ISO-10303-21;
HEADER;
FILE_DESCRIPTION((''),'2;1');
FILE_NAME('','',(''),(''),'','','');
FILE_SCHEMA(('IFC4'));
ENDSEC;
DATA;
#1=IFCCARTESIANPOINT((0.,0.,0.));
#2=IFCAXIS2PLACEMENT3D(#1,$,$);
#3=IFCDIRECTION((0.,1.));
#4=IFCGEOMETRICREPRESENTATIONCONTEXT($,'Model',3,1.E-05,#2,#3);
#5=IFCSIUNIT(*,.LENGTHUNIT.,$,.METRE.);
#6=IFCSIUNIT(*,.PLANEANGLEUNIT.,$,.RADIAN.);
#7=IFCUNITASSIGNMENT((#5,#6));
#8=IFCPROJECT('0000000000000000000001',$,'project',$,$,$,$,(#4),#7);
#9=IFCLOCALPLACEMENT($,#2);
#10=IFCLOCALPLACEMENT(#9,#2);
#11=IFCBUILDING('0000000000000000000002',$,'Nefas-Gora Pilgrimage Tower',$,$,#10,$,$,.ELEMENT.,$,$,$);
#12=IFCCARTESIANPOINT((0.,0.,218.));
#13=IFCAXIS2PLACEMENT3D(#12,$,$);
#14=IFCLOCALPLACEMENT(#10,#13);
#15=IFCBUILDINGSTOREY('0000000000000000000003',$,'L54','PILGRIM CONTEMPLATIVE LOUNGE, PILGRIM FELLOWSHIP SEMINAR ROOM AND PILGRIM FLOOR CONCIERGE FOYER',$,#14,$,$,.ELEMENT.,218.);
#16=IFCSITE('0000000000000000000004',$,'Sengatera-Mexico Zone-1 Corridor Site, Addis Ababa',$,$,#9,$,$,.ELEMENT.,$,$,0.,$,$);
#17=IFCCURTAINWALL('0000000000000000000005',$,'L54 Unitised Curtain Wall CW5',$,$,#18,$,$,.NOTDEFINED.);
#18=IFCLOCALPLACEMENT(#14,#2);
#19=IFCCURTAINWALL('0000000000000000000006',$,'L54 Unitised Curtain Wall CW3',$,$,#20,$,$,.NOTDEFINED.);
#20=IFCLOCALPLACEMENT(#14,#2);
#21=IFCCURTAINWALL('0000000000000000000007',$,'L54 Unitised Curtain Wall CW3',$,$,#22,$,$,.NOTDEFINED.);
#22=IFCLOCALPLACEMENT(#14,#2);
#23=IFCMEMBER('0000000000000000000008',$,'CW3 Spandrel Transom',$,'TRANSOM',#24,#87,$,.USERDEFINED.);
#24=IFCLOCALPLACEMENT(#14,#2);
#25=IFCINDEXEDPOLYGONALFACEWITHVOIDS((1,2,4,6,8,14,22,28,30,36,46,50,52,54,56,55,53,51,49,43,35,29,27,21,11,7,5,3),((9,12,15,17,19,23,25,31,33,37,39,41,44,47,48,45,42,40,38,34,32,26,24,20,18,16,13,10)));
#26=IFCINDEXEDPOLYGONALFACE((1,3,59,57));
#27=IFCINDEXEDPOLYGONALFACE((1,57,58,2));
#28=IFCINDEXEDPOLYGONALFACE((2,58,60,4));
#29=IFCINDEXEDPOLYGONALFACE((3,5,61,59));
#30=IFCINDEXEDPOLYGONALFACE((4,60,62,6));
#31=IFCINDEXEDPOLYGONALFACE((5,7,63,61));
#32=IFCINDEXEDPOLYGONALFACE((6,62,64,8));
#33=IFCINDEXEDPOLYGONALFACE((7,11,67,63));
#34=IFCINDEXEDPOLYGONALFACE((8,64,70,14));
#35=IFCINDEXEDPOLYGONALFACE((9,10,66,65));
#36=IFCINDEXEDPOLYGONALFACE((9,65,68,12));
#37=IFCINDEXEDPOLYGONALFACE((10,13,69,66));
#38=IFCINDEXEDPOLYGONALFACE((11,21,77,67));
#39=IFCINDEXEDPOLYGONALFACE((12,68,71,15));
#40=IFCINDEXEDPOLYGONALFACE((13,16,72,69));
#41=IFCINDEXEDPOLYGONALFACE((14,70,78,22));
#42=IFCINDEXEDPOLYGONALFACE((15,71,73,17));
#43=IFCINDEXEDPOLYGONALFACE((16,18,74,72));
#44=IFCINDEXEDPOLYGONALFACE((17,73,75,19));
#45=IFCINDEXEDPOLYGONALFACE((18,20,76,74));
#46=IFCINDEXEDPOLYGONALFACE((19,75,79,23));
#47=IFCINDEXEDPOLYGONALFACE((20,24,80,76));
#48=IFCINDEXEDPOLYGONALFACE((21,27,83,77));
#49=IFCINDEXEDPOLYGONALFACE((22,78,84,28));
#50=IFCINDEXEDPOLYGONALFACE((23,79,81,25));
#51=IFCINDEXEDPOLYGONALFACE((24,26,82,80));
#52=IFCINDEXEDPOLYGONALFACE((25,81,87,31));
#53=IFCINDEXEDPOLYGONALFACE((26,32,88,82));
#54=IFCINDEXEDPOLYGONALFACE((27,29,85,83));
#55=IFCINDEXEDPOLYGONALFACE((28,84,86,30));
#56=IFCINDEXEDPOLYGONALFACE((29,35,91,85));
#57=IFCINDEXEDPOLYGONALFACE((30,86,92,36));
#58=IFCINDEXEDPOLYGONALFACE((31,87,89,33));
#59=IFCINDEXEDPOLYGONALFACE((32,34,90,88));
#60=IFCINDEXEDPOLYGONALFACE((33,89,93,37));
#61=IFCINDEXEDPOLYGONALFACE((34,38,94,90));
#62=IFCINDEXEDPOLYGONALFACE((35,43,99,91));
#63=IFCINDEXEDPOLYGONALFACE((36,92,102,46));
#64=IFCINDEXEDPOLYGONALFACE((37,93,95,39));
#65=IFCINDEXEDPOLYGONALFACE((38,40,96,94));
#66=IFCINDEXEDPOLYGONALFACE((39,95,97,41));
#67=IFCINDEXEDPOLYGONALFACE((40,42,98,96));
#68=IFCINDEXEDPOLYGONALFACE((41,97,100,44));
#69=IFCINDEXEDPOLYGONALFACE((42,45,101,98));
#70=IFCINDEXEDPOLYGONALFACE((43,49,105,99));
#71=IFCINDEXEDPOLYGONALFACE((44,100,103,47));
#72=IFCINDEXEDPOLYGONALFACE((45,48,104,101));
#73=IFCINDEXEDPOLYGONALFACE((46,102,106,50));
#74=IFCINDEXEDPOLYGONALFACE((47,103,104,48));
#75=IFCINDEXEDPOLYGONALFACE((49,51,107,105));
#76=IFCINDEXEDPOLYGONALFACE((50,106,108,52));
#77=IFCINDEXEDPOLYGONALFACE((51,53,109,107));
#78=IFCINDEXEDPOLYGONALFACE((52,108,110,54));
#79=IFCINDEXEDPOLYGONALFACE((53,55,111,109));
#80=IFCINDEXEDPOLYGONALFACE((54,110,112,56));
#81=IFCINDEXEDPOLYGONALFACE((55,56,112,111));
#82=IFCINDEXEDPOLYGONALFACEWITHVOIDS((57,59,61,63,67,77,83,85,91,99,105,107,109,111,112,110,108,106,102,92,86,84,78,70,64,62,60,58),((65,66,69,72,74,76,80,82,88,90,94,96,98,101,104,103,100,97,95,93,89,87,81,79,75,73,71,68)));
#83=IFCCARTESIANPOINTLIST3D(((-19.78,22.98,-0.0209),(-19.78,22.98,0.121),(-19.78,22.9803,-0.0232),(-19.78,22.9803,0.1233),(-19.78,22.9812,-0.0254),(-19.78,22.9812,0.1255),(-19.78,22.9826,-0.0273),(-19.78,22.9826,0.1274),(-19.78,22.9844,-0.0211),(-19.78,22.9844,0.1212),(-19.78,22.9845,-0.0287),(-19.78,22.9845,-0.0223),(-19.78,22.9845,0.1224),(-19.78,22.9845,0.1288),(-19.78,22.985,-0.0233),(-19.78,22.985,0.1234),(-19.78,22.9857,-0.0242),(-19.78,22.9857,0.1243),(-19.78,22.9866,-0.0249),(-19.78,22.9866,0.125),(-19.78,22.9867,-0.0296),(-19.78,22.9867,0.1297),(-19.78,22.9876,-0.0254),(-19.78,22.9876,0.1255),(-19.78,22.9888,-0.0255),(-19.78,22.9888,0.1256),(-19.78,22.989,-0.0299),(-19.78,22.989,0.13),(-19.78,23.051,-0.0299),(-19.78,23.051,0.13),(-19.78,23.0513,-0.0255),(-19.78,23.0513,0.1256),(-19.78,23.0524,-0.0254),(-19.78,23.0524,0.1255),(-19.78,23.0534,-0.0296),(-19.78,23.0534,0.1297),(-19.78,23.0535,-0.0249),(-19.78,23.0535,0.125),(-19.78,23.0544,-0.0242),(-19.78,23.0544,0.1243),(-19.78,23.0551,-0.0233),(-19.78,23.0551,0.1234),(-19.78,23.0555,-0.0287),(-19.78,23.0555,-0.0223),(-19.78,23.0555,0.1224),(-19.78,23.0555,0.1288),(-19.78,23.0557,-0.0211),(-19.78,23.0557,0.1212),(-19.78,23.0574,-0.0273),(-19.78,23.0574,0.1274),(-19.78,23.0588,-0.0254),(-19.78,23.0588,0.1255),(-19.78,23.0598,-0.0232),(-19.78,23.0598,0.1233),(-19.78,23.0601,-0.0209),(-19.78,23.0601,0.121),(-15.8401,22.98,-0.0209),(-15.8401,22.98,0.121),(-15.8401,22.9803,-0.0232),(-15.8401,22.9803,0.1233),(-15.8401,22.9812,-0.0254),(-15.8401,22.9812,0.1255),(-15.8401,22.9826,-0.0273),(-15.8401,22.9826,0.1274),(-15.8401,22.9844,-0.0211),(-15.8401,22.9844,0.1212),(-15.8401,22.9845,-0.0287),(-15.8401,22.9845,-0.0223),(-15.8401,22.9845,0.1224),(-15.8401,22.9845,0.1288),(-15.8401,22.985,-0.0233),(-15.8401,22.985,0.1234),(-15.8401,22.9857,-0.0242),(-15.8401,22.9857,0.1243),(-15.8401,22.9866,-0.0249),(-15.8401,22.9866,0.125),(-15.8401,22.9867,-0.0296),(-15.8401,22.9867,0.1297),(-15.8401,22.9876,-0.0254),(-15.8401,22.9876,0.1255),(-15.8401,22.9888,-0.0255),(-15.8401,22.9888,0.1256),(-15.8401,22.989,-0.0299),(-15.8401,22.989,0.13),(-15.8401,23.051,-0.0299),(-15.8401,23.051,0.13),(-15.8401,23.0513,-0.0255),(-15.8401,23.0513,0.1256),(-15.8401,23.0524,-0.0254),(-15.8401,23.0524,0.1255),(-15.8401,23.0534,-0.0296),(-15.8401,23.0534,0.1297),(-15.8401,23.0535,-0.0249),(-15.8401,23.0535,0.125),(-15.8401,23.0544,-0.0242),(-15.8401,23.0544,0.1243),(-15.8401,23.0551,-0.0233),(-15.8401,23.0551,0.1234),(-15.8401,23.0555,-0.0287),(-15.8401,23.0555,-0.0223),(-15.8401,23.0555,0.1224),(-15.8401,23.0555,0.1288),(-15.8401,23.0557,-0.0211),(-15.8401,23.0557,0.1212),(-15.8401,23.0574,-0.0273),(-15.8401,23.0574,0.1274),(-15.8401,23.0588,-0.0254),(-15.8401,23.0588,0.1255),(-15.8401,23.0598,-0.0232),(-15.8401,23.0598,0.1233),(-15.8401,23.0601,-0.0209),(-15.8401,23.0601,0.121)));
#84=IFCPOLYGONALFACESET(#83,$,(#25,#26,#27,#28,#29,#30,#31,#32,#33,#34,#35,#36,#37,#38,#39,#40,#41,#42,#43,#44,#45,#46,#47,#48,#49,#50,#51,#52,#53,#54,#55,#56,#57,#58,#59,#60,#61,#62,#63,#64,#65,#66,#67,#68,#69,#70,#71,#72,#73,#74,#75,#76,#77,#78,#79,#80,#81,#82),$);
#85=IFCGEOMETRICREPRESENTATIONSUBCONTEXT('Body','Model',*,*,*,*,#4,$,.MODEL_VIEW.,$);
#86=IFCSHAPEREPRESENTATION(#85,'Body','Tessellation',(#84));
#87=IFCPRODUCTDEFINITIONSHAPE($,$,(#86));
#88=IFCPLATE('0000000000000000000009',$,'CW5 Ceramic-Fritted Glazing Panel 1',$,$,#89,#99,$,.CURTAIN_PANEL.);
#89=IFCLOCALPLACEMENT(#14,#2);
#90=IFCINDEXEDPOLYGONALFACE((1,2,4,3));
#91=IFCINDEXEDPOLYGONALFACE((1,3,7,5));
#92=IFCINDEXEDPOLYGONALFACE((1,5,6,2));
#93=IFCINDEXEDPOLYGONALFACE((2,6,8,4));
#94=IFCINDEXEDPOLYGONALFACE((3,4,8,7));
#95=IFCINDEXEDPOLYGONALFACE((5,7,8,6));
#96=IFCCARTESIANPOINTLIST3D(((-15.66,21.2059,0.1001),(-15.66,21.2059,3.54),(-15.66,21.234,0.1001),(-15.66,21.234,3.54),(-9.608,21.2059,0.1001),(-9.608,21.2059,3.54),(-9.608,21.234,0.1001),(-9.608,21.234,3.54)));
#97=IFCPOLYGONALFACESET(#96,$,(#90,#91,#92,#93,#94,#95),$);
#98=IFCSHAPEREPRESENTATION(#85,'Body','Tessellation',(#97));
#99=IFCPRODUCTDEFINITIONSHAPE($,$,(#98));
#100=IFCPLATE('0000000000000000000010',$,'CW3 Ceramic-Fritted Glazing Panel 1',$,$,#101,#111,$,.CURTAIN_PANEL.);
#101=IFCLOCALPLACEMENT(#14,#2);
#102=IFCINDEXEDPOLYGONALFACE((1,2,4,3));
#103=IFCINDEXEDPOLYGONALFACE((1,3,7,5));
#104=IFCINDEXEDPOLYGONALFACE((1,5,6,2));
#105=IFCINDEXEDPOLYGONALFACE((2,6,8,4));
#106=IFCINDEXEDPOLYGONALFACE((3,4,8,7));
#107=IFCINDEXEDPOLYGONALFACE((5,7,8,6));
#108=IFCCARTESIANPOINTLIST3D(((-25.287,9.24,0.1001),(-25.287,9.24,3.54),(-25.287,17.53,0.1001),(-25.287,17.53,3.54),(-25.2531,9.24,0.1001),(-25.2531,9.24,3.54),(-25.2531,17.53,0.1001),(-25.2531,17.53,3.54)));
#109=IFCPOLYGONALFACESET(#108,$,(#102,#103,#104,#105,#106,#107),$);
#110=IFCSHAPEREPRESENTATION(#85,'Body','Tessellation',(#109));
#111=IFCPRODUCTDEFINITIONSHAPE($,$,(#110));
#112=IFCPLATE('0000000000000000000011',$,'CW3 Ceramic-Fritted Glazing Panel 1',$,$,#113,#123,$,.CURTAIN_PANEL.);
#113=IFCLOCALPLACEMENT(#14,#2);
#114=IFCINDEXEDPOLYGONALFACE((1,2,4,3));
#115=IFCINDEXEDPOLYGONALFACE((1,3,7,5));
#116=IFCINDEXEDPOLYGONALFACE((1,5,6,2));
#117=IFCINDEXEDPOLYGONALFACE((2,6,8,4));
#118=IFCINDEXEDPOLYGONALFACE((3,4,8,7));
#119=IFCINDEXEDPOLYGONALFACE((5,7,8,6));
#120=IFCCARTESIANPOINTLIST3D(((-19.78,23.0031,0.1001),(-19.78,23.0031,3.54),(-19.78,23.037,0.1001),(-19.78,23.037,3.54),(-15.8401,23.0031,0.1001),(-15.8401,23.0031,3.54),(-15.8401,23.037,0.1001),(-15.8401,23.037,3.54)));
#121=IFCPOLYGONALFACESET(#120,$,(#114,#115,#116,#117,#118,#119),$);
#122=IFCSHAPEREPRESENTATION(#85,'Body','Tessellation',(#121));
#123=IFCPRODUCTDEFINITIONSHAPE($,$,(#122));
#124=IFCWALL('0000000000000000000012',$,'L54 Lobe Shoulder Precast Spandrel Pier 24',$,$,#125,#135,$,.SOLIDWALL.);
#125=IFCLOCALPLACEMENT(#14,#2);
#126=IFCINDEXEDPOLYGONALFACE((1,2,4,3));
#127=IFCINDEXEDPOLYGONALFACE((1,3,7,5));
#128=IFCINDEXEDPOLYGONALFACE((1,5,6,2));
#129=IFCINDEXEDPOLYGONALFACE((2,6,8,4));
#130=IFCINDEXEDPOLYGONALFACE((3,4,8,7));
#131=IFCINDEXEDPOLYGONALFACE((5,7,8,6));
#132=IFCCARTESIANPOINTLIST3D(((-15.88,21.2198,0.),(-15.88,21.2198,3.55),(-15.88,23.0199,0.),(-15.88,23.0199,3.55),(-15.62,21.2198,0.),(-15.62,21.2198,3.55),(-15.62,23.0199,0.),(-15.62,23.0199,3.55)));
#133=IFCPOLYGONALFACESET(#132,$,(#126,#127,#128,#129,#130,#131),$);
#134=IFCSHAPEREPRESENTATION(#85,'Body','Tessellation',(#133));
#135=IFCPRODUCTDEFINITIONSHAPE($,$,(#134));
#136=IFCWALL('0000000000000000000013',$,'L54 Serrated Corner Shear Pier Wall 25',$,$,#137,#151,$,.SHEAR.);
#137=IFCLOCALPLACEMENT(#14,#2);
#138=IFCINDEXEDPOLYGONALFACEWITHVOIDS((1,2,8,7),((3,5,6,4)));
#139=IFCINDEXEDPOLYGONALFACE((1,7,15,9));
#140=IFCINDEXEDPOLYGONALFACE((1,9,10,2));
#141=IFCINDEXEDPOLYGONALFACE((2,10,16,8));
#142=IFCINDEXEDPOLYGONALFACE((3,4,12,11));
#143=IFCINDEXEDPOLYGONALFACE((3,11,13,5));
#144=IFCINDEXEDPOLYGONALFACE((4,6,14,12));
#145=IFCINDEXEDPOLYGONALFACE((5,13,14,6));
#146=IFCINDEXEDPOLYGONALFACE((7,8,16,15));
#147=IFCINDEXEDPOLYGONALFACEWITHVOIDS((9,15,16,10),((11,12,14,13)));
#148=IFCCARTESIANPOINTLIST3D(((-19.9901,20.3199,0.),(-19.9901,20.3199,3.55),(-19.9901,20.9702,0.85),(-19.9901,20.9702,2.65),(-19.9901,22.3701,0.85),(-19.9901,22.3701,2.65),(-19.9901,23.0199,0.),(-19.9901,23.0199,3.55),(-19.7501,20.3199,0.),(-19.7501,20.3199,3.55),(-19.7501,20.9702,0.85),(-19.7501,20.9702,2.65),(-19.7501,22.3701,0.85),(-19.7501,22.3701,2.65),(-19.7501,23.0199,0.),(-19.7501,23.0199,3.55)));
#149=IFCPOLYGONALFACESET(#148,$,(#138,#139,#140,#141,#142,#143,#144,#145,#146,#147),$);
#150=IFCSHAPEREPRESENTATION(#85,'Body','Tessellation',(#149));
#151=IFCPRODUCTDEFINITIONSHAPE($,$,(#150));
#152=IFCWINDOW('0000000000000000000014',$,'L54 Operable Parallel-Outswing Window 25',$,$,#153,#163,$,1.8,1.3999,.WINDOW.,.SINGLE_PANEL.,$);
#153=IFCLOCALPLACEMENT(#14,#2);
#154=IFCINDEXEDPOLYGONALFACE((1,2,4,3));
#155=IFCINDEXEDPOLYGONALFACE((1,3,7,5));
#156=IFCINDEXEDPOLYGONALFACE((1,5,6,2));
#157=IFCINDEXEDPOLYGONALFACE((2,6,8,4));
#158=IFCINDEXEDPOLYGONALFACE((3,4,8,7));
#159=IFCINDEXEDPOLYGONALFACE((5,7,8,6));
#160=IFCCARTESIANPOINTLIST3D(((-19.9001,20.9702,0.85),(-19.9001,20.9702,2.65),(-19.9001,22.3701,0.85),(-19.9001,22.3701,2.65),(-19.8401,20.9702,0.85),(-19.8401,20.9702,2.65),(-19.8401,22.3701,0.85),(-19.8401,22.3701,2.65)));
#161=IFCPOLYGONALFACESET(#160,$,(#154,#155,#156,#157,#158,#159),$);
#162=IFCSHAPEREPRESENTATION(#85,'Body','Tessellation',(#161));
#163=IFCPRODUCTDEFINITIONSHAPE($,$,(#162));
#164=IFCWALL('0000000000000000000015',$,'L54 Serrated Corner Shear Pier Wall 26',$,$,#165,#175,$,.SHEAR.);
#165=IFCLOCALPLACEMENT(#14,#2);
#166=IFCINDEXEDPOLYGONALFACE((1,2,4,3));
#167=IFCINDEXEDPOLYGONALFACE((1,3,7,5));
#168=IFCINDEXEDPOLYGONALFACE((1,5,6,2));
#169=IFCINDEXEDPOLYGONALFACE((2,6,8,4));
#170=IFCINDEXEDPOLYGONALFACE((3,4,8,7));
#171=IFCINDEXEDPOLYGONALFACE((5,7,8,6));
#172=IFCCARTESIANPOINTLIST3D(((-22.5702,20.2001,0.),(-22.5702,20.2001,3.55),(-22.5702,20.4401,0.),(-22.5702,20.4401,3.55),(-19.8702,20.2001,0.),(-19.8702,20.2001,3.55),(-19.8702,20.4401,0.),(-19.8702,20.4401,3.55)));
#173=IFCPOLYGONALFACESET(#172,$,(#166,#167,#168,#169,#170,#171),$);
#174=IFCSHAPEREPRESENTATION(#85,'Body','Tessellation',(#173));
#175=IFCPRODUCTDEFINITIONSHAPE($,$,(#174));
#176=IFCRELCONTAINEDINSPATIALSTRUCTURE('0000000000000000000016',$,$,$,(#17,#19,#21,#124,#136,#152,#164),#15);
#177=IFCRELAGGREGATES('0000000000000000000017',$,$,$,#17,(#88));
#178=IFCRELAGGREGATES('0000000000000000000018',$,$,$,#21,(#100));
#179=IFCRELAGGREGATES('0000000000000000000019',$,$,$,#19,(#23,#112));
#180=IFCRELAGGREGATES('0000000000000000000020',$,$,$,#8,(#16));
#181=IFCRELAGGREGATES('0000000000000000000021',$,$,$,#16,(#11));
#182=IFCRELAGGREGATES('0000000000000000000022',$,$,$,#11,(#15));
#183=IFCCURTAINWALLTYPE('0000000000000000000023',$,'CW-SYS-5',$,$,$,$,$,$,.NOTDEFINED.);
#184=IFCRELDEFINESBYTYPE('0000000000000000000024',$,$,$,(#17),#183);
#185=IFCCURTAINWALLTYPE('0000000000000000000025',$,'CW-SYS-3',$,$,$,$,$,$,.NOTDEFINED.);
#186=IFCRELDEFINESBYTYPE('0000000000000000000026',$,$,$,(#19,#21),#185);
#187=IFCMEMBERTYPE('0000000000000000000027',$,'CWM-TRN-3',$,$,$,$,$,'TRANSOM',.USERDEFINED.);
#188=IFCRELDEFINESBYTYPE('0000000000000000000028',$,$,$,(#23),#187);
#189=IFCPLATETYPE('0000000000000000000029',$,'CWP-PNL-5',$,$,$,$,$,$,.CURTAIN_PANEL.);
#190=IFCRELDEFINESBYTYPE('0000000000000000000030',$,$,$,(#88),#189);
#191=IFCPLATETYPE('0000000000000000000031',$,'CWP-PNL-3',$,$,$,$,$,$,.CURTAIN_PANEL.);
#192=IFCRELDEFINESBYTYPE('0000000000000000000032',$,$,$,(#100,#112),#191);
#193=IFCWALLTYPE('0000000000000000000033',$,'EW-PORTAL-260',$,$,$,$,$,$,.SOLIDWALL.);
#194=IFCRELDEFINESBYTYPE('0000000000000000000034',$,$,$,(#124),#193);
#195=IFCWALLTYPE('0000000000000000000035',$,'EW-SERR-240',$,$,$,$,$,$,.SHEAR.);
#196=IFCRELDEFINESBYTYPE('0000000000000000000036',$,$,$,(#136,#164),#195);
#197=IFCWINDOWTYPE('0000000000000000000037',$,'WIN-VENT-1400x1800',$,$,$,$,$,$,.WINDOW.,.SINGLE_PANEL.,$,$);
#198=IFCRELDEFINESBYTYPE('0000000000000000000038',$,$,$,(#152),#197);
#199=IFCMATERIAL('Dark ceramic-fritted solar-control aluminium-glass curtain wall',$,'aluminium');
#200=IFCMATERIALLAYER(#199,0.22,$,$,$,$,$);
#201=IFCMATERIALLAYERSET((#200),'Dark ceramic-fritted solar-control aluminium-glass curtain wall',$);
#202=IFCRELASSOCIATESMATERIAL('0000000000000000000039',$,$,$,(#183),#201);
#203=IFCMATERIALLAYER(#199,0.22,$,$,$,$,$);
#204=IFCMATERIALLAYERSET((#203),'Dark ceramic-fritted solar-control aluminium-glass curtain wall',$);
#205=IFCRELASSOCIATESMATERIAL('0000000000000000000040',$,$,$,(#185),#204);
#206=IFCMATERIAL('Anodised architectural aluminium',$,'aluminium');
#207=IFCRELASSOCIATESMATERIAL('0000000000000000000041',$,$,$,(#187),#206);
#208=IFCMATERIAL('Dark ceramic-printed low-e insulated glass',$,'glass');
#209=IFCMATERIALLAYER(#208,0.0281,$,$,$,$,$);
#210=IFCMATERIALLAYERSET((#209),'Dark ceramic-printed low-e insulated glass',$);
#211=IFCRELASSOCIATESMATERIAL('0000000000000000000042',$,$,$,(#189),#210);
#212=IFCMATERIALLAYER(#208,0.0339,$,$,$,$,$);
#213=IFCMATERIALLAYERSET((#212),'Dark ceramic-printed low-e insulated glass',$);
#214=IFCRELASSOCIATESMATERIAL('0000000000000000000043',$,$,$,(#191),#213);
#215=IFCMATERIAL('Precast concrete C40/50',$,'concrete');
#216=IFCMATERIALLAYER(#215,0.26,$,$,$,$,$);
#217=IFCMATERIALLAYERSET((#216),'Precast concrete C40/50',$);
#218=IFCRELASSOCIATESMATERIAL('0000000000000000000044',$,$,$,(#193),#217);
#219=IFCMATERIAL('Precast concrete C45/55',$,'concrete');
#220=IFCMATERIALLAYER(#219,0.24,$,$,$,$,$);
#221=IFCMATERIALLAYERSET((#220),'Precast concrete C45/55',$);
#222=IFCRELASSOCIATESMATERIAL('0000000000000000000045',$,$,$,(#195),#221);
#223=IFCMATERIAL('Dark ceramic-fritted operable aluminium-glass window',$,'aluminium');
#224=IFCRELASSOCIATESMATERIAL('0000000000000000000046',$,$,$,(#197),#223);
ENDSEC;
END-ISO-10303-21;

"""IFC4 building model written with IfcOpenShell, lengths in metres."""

from ifc_helpers import new_model, si_unit, direction, frame, frame_2d, origin, origin_2d, place, context, subcontext, project, spatial, rectangle, hollow_rectangle, extrude, source, transform, mapped, material, layer, layer_set, material_profile, profile_set, type_object, element, fill, aggregate, save


model = new_model("IFC4")

# Units and contexts
model_context = context("Model", 3, precision=1e-05, world=origin(), true_north=direction((0.0, 1.0)))
body_context = subcontext(model_context, "Body", "Model", "MODEL_VIEW")
ifc_project = project(units=[si_unit("LENGTHUNIT", "METRE"), si_unit("PLANEANGLEUNIT", "RADIAN")], contexts=[model_context])

# Site, building, storey
site_placement = place(None, origin())
site = spatial("IfcSite", under=ifc_project, at=site_placement, Name="Sengatera-Mexico Zone-1 Corridor Site, Addis Ababa", CompositionType="ELEMENT", RefElevation=0.0)
building_placement = place(site_placement, origin())
building = spatial("IfcBuilding", under=site, at=building_placement, Name="Nefas-Gora Pilgrimage Tower", CompositionType="ELEMENT")
storey_placement = place(building_placement, frame((0.0, 0.0, 218.0)))
storey = spatial("IfcBuildingStorey", under=building, at=storey_placement, Name="L54", Description="PILGRIM CONTEMPLATIVE LOUNGE, PILGRIM FELLOWSHIP SEMINAR ROOM AND PILGRIM FLOOR CONCIERGE FOYER", CompositionType="ELEMENT", Elevation=218.0)

# Curtain wall
ifc_material_1 = material(Name="Dark ceramic-fritted solar-control aluminium-glass curtain wall", Category="aluminium")
ifc_layer_1 = layer(ifc_material_1, 0.22)
ifc_layer_set_1 = layer_set([ifc_layer_1], Name="Dark ceramic-fritted solar-control aluminium-glass curtain wall")
curtain_wall_type_1 = type_object("IfcCurtainWallType", Name="CW-SYS-5", PredefinedType="NOTDEFINED", material=ifc_layer_set_1)
curtain_wall_1_placement = place(storey_placement, origin())
curtain_wall_1 = element("IfcCurtainWall", 1, at=curtain_wall_1_placement, inside=storey, type_object=curtain_wall_type_1, Name="L54 Unitised Curtain Wall CW5", PredefinedType="NOTDEFINED")
ifc_material_2 = material(Name="Anodised architectural aluminium", Category="aluminium")

# Curtain walls
ifc_layer_2 = layer(ifc_material_1, 0.22)
ifc_layer_set_2 = layer_set([ifc_layer_2], Name="Dark ceramic-fritted solar-control aluminium-glass curtain wall")
curtain_wall_type_2 = type_object("IfcCurtainWallType", Name="CW-SYS-3", PredefinedType="NOTDEFINED", material=ifc_layer_set_2)
curtain_wall_2_placement = place(storey_placement, origin())
curtain_wall_2 = element("IfcCurtainWall", 2, at=curtain_wall_2_placement, inside=storey, type_object=curtain_wall_type_2, Name="L54 Unitised Curtain Wall CW3", PredefinedType="NOTDEFINED")
curtain_wall_3_placement = place(storey_placement, origin())
curtain_wall_3 = element("IfcCurtainWall", 3, at=curtain_wall_3_placement, inside=storey, type_object=curtain_wall_type_2, Name="L54 Unitised Curtain Wall CW3", PredefinedType="NOTDEFINED")
ifc_material_profile_1 = material_profile(ifc_material_2, hollow_rectangle(XDim=0.0801, YDim=0.1599, WallThickness=0.0044, InnerFilletRadius=0.0044, OuterFilletRadius=0.009, at=origin_2d()), Name="ALU TRANSOM 80x160")
ifc_profile_set_1 = profile_set([ifc_material_profile_1], Name="Anodised architectural aluminium")
member_type_1 = type_object("IfcMemberType", Name="CWM-TRN-3", ElementType="TRANSOM", PredefinedType="USERDEFINED", material=ifc_profile_set_1)

# Member
shared_shape_1 = source(origin(), body_context, "Body", "SweptSolid", [
    extrude(hollow_rectangle(XDim=0.0801, YDim=0.1599, WallThickness=0.0044, InnerFilletRadius=0.0044, OuterFilletRadius=0.009, at=origin_2d()), origin(), (0.0, 0.0, 1.0), 3.9399),
])
member_1_placement = place(storey_placement, frame((-15.8401, 23.02, 0.05), z_axis=(-1.0, 0.0, 0.0), x_axis=(0.0, -1.0, 0.0)))
member_1 = element("IfcMember", 4, at=member_1_placement, type_object=member_type_1, Name="CW3 Spandrel Transom", ObjectType="TRANSOM", PredefinedType="USERDEFINED", context=body_context, shape_type="MappedRepresentation", body=[
    mapped(shared_shape_1, transform((0.0, 0.0, 0.0), x_axis=(1.0, 0.0, 0.0), y_axis=(0.0, 1.0, 0.0), z_axis=(0.0, 0.0, 1.0), scale=1.0)),
])

# Plates
ifc_material_3 = material(Name="Dark ceramic-printed low-e insulated glass", Category="glass")
ifc_layer_3 = layer(ifc_material_3, 0.0281)
ifc_layer_set_3 = layer_set([ifc_layer_3], Name="Dark ceramic-printed low-e insulated glass")
plate_type_1 = type_object("IfcPlateType", Name="CWP-PNL-5", PredefinedType="CURTAIN_PANEL", material=ifc_layer_set_3)
shared_shape_2 = source(origin(), body_context, "Body", "SweptSolid", [
    extrude(rectangle(XDim=6.052, YDim=0.0281, at=origin_2d()), origin(), (0.0, 0.0, 1.0), 3.4399),
])
plate_1_placement = place(storey_placement, frame((-12.634, 21.22, 0.1001), z_axis=(0.0, 0.0, 1.0), x_axis=(-1.0, 0.0, 0.0)))
plate_1 = element("IfcPlate", 5, at=plate_1_placement, type_object=plate_type_1, Name="CW5 Ceramic-Fritted Glazing Panel 1", PredefinedType="CURTAIN_PANEL", context=body_context, shape_type="MappedRepresentation", body=[
    mapped(shared_shape_2, transform((0.0, 0.0, 0.0), x_axis=(1.0, 0.0, 0.0), y_axis=(0.0, 1.0, 0.0), z_axis=(0.0, 0.0, 1.0), scale=1.0)),
])
aggregate(curtain_wall_1, [plate_1])
ifc_layer_4 = layer(ifc_material_3, 0.0339)
ifc_layer_set_4 = layer_set([ifc_layer_4], Name="Dark ceramic-printed low-e insulated glass")
plate_type_2 = type_object("IfcPlateType", Name="CWP-PNL-3", PredefinedType="CURTAIN_PANEL", material=ifc_layer_set_4)
shared_shape_3 = source(origin(), body_context, "Body", "SweptSolid", [
    extrude(rectangle(XDim=8.29, YDim=0.0339, at=origin_2d()), origin(), (0.0, 0.0, 1.0), 3.4399),
])
plate_2_placement = place(storey_placement, frame((-25.27, 13.385, 0.1001), z_axis=(0.0, 0.0, 1.0), x_axis=(0.0, -1.0, 0.0)))
plate_2 = element("IfcPlate", 6, at=plate_2_placement, type_object=plate_type_2, Name="CW3 Ceramic-Fritted Glazing Panel 1", PredefinedType="CURTAIN_PANEL", context=body_context, shape_type="MappedRepresentation", body=[
    mapped(shared_shape_3, transform((0.0, 0.0, 0.0), x_axis=(1.0, 0.0, 0.0), y_axis=(0.0, 1.0, 0.0), z_axis=(0.0, 0.0, 1.0), scale=1.0)),
])
aggregate(curtain_wall_3, [plate_2])
shared_shape_4 = source(origin(), body_context, "Body", "SweptSolid", [
    extrude(rectangle(XDim=3.9399, YDim=0.0339, at=origin_2d()), origin(), (0.0, 0.0, 1.0), 3.4399),
])
plate_3_placement = place(storey_placement, frame((-17.8101, 23.02, 0.1001), z_axis=(0.0, 0.0, 1.0), x_axis=(-1.0, 0.0, 0.0)))
plate_3 = element("IfcPlate", 7, at=plate_3_placement, type_object=plate_type_2, Name="CW3 Ceramic-Fritted Glazing Panel 1", PredefinedType="CURTAIN_PANEL", context=body_context, shape_type="MappedRepresentation", body=[
    mapped(shared_shape_4, transform((0.0, 0.0, 0.0), x_axis=(1.0, 0.0, 0.0), y_axis=(0.0, 1.0, 0.0), z_axis=(0.0, 0.0, 1.0), scale=1.0)),
])
aggregate(curtain_wall_2, [member_1, plate_3])

# Wall
ifc_material_4 = material(Name="Precast concrete C40/50", Category="concrete")
ifc_layer_5 = layer(ifc_material_4, 0.26)
ifc_layer_set_5 = layer_set([ifc_layer_5], Name="Precast concrete C40/50")
wall_type_1 = type_object("IfcWallType", Name="EW-PORTAL-260", PredefinedType="SOLIDWALL", material=ifc_layer_set_5)
shared_shape_5 = source(origin(), body_context, "Body", "SweptSolid", [
    extrude(rectangle(XDim=1.8, YDim=0.26, at=frame_2d((0.8999, 0.0))), origin(), (0.0, 0.0, 1.0), 3.55),
])
wall_1_placement = place(storey_placement, frame((-15.75, 21.22, 0.0), z_axis=(0.0, 0.0, 1.0), x_axis=(0.0, 1.0, 0.0)))
element("IfcWall", 8, at=wall_1_placement, inside=storey, type_object=wall_type_1, Name="L54 Lobe Shoulder Precast Spandrel Pier 24", PredefinedType="SOLIDWALL", context=body_context, shape_type="MappedRepresentation", body=[
    mapped(shared_shape_5, transform((0.0, 0.0, 0.0), x_axis=(1.0, 0.0, 0.0), y_axis=(0.0, 1.0, 0.0), z_axis=(0.0, 0.0, 1.0), scale=1.0)),
])

# Wall, opening, window
ifc_material_5 = material(Name="Precast concrete C45/55", Category="concrete")
ifc_layer_6 = layer(ifc_material_5, 0.24)
ifc_layer_set_6 = layer_set([ifc_layer_6], Name="Precast concrete C45/55")
wall_type_2 = type_object("IfcWallType", Name="EW-SERR-240", PredefinedType="SHEAR", material=ifc_layer_set_6)
shared_shape_6 = source(origin(), body_context, "Body", "SweptSolid", [
    extrude(rectangle(XDim=2.7, YDim=0.24, at=frame_2d((1.3501, 0.0))), origin(), (0.0, 0.0, 1.0), 3.55),
])
wall_2_placement = place(storey_placement, frame((-19.8701, 23.02, 0.0), z_axis=(0.0, 0.0, 1.0), x_axis=(0.0, -1.0, 0.0)))
wall_2 = element("IfcWall", 9, at=wall_2_placement, inside=storey, type_object=wall_type_2, Name="L54 Serrated Corner Shear Pier Wall 25", PredefinedType="SHEAR", context=body_context, shape_type="MappedRepresentation", body=[
    mapped(shared_shape_6, transform((0.0, 0.0, 0.0), x_axis=(1.0, 0.0, 0.0), y_axis=(0.0, 1.0, 0.0), z_axis=(0.0, 0.0, 1.0), scale=1.0)),
])
opening_1_placement = place(wall_2_placement, frame((0.6499, 0.0, 0.8501)))
opening_1 = element("IfcOpeningElement", 10, at=opening_1_placement, cuts=wall_2, PredefinedType="OPENING", context=body_context, shape_type="SweptSolid", body=[
    extrude(rectangle(XDim=1.3999, YDim=1.8, at=frame_2d((0.7, 0.8999))), frame((0.0, 0.1299, 0.0), z_axis=(0.0, -1.0, 0.0), x_axis=(1.0, 0.0, 0.0)), (0.0, 0.0, 1.0), 0.26),
])
ifc_material_6 = material(Name="Dark ceramic-fritted operable aluminium-glass window", Category="aluminium")
window_type = type_object("IfcWindowType", Name="WIN-VENT-1400x1800", PartitioningType="SINGLE_PANEL", PredefinedType="WINDOW", material=ifc_material_6)
shared_shape_7 = source(origin(), body_context, "Body", "SweptSolid", [
    extrude(rectangle(XDim=1.3999, YDim=1.8, at=frame_2d((0.7, 0.8999))), frame((0.0, 0.03, 0.0), z_axis=(0.0, -1.0, 0.0), x_axis=(1.0, 0.0, 0.0)), (0.0, 0.0, 1.0), 0.0601),
])
window_placement = place(opening_1_placement, origin())
window = element("IfcWindow", 11, at=window_placement, inside=storey, type_object=window_type, Name="L54 Operable Parallel-Outswing Window 25", OverallHeight=1.8, OverallWidth=1.3999, PartitioningType="SINGLE_PANEL", PredefinedType="WINDOW", context=body_context, shape_type="MappedRepresentation", body=[
    mapped(shared_shape_7, transform((0.0, 0.0, 0.0), x_axis=(1.0, 0.0, 0.0), y_axis=(0.0, 1.0, 0.0), z_axis=(0.0, 0.0, 1.0), scale=1.0)),
])
fill(opening_1, window)

# Wall
for number, where, z_axis, x_axis, name in (
    (12, (-19.8701, 20.3201, 0.0), (0.0, 0.0, 1.0), (-1.0, 0.0, 0.0), "L54 Serrated Corner Shear Pier Wall 26"),
):
    element("IfcWall", number, at=place(storey_placement, frame(where, z_axis=z_axis, x_axis=x_axis)), inside=storey, type_object=wall_type_2, Name=name, PredefinedType="SHEAR", context=body_context, shape_type="MappedRepresentation", body=[
        mapped(shared_shape_6, transform((0.0, 0.0, 0.0), x_axis=(1.0, 0.0, 0.0), y_axis=(0.0, 1.0, 0.0), z_axis=(0.0, 0.0, 1.0), scale=1.0)),
    ])

save(model, "model.ifc")
